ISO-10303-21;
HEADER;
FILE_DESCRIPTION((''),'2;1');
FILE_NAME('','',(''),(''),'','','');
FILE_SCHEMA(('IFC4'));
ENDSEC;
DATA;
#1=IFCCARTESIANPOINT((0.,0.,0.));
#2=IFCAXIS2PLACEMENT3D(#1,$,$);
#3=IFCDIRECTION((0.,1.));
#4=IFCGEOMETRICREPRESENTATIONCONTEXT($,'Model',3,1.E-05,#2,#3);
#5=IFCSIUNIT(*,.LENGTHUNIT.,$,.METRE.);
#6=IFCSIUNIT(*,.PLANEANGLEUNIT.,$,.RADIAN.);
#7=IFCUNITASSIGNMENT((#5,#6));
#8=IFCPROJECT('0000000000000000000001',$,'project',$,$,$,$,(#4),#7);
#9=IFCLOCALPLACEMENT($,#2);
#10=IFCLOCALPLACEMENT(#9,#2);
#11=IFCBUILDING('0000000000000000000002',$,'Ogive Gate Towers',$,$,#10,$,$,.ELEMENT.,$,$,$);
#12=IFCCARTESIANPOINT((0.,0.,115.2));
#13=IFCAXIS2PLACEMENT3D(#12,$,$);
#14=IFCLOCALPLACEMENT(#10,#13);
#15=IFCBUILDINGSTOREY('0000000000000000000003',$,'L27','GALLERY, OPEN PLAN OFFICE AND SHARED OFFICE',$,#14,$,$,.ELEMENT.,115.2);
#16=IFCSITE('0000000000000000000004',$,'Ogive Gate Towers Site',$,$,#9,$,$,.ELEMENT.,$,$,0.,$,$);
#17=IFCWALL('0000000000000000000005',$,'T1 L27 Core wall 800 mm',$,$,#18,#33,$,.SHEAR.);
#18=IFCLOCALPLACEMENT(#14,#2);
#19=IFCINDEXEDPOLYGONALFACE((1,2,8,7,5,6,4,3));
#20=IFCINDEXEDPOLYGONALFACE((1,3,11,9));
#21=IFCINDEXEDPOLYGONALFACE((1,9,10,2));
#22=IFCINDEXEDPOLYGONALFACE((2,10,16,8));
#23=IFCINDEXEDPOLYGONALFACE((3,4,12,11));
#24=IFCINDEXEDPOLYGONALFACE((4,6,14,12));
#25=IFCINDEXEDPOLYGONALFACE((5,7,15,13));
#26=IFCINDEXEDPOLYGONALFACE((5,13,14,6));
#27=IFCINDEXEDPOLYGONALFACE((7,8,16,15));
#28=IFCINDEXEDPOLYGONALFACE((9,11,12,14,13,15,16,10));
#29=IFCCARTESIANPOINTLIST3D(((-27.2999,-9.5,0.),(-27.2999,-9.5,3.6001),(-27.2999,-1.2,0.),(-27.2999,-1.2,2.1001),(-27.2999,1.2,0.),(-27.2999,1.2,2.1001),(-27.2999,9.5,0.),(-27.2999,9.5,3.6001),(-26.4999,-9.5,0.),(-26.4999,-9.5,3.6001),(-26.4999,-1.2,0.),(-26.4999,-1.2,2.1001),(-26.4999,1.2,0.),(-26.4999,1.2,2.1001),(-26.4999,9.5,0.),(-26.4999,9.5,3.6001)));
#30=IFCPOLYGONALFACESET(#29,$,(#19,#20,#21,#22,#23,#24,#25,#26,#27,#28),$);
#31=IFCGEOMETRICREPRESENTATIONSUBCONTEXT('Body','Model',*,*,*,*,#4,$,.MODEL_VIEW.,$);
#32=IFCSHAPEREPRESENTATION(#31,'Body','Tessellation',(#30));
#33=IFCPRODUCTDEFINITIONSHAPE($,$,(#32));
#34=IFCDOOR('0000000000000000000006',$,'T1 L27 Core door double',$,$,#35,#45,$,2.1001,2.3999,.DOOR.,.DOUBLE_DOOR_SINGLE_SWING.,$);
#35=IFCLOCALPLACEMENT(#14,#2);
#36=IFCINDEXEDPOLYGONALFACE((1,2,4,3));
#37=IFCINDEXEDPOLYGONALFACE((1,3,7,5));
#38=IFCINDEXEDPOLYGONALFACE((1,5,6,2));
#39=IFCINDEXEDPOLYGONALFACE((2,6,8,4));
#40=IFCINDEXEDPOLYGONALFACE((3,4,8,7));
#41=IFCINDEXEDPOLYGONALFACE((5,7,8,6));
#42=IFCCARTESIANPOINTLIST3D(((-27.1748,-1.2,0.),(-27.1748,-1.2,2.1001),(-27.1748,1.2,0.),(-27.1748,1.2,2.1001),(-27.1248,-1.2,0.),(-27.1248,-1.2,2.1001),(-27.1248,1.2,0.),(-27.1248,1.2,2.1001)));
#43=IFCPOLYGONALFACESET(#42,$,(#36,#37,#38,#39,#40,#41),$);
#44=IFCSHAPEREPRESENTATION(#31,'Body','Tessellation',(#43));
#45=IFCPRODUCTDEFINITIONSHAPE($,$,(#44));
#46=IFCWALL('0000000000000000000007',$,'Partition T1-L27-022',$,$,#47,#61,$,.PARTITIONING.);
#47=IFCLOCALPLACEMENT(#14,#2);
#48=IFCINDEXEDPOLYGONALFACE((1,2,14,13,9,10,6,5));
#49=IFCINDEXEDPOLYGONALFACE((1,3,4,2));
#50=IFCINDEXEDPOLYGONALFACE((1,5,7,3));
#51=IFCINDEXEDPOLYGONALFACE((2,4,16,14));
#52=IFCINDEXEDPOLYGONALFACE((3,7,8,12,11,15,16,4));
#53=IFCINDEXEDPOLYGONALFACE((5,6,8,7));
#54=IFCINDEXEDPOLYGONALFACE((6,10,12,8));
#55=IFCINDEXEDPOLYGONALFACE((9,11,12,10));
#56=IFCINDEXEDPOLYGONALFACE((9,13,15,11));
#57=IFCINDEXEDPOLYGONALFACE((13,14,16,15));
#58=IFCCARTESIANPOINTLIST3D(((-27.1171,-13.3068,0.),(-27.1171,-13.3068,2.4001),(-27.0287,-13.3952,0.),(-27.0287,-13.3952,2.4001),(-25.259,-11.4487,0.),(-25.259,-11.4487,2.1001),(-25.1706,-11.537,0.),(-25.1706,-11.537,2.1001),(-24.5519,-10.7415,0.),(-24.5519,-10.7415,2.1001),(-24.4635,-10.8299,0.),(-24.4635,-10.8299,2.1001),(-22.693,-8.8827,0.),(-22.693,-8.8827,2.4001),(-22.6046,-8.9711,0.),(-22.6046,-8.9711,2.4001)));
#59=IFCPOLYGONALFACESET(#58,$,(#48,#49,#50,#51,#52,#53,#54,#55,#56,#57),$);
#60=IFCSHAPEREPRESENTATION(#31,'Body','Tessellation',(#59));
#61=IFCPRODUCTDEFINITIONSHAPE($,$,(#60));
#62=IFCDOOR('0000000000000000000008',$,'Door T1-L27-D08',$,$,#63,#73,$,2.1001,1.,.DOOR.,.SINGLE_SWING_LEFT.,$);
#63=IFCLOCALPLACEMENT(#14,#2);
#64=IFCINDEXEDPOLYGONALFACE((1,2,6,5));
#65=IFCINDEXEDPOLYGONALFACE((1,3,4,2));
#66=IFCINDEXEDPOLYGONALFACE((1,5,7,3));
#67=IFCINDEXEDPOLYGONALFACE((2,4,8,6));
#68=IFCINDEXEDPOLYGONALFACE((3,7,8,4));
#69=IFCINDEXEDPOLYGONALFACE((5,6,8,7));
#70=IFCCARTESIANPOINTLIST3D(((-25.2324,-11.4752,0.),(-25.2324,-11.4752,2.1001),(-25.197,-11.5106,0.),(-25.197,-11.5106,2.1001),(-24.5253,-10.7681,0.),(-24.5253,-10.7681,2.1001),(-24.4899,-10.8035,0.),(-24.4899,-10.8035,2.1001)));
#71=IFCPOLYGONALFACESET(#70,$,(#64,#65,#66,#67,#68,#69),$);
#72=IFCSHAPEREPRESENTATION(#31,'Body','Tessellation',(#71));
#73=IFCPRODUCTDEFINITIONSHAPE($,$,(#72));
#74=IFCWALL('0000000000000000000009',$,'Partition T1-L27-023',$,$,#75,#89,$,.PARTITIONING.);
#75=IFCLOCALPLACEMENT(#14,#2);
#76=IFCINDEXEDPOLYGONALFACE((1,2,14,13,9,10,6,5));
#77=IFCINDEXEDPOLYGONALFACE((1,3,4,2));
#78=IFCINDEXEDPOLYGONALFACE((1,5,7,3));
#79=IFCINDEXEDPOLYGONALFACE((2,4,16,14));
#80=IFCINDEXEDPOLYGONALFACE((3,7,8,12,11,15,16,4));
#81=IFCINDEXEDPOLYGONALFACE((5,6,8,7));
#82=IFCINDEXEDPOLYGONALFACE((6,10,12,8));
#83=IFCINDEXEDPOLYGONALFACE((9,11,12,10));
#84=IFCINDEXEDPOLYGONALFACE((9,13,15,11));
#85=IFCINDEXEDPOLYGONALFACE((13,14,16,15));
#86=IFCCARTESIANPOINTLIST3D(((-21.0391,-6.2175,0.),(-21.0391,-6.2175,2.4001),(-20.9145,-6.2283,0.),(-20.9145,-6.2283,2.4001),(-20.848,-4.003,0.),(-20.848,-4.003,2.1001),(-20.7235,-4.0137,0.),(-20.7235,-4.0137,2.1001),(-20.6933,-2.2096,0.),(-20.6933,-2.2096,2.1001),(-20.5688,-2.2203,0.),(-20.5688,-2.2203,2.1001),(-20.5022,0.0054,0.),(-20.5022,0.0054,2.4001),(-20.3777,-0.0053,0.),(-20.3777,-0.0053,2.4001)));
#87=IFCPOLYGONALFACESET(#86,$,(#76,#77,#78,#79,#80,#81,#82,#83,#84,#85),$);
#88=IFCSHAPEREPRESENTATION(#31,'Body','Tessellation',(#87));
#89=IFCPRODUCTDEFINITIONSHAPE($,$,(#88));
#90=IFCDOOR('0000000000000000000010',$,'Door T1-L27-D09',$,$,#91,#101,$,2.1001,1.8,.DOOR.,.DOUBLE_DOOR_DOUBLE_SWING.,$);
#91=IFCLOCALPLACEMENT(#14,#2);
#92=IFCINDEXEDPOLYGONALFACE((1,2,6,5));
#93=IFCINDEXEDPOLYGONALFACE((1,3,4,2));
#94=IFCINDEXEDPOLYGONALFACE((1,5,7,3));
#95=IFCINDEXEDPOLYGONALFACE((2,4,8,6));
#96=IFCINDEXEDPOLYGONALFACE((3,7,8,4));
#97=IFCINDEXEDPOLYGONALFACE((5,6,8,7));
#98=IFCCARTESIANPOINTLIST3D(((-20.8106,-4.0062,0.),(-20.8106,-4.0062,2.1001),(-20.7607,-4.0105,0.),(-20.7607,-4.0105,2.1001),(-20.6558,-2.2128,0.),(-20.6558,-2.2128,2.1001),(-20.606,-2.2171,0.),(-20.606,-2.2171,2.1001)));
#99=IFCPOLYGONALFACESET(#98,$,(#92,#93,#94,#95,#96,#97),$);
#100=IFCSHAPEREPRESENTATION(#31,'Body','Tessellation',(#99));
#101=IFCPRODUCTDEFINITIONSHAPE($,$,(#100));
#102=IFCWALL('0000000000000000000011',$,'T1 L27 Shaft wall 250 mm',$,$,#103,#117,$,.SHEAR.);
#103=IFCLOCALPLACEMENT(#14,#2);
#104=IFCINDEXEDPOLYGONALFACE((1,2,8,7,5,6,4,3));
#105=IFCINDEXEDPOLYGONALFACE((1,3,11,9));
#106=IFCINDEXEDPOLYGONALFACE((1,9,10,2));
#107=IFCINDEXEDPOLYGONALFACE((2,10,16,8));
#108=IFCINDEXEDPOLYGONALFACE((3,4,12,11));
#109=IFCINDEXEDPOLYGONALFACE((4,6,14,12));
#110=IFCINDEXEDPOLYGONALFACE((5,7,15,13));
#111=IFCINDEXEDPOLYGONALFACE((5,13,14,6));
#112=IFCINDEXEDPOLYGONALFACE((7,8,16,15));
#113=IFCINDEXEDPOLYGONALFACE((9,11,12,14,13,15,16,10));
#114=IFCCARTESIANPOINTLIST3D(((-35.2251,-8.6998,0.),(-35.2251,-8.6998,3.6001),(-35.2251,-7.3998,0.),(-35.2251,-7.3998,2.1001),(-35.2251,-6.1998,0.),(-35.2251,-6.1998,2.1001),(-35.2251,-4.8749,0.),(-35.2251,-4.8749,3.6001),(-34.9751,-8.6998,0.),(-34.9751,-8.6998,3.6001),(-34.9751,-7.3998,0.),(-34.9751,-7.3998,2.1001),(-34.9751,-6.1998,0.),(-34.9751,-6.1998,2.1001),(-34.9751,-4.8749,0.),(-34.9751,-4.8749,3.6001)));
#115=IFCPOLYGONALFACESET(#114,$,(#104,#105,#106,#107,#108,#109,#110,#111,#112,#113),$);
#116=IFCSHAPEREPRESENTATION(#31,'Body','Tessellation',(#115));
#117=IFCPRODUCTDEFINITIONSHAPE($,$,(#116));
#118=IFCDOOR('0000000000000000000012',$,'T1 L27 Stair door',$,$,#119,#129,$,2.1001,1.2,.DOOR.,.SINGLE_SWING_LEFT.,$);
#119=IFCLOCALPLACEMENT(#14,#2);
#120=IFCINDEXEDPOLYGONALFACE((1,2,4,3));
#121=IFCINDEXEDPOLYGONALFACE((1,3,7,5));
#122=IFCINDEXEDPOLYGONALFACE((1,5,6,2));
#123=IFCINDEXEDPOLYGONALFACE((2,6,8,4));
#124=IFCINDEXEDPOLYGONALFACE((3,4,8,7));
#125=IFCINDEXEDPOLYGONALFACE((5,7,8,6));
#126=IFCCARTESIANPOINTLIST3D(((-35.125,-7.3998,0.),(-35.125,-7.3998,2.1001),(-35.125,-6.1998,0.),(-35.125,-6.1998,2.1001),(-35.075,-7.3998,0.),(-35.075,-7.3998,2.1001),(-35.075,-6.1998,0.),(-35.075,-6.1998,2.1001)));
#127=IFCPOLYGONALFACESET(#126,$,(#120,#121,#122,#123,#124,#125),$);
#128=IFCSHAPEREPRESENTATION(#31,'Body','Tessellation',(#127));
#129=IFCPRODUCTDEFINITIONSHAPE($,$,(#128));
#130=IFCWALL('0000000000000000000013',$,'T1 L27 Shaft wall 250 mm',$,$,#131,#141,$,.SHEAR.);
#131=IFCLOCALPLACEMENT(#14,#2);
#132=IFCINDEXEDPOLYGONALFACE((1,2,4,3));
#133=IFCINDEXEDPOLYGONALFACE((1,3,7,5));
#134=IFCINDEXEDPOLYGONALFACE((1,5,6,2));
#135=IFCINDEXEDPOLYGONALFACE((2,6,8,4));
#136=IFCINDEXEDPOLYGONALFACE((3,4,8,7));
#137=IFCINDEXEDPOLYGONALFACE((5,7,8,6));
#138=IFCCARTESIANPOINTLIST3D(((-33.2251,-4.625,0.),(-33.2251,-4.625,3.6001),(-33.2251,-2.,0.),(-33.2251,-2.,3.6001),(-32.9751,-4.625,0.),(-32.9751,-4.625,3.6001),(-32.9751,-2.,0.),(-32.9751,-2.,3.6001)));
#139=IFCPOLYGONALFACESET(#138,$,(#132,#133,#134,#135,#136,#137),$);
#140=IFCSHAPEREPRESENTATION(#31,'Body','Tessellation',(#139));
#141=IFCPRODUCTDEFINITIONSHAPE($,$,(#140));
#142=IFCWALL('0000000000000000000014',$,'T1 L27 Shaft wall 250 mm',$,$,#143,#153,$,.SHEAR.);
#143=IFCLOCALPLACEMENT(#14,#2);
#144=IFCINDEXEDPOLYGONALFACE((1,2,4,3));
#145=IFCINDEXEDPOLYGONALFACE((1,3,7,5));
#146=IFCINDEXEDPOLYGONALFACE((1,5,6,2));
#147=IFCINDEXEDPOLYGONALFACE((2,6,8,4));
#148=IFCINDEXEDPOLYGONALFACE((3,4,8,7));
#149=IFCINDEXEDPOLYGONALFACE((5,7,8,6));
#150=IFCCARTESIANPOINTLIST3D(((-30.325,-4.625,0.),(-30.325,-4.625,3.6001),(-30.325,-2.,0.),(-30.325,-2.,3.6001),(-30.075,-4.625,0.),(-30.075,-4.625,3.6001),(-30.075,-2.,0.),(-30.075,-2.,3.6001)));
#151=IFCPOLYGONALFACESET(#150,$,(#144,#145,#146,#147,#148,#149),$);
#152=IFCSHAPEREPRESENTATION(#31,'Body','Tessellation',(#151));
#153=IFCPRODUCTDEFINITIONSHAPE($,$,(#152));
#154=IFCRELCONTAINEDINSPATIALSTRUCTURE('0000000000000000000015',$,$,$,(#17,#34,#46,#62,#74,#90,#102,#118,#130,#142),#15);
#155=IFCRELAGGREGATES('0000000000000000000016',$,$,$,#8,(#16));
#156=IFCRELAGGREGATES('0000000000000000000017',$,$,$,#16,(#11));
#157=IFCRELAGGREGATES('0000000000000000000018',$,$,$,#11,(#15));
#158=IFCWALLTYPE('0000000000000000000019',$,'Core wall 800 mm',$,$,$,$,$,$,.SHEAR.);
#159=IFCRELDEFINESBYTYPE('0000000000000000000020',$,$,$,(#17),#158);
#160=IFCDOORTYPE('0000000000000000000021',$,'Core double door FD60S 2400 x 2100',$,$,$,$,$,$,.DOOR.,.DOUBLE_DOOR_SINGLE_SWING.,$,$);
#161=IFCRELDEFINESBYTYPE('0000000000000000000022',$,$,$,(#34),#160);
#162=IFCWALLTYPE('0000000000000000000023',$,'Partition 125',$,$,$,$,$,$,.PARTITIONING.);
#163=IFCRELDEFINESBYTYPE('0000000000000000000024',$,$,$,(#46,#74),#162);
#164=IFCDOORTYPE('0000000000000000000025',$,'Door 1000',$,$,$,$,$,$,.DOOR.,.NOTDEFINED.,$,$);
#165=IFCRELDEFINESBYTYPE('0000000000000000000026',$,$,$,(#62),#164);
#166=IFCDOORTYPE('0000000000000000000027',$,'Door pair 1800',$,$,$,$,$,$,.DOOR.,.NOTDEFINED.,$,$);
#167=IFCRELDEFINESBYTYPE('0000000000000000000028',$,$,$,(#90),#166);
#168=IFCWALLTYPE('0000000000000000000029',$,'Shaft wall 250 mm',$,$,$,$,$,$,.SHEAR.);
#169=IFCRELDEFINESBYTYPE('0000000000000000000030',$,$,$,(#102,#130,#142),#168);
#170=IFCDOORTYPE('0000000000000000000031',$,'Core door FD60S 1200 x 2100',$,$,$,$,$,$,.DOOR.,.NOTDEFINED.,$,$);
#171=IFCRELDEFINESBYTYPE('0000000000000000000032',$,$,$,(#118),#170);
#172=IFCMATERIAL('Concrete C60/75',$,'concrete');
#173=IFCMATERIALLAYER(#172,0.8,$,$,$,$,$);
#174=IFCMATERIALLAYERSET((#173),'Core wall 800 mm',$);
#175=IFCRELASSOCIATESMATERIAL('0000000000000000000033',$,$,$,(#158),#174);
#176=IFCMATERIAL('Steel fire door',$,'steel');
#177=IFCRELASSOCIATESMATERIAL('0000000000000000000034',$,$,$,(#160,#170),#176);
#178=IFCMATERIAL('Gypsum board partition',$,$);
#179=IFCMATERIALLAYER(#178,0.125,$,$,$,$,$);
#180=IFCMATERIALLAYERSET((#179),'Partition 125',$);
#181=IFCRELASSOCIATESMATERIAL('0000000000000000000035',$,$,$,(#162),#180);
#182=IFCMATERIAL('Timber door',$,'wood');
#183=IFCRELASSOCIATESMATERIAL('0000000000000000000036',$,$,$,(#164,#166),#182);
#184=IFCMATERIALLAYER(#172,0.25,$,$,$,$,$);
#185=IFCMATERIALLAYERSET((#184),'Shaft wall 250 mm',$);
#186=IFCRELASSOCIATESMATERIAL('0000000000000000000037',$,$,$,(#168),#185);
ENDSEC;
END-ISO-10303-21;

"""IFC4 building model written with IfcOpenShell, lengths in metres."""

from ifc_helpers import new_model, si_unit, direction, frame, frame_2d, origin, place, context, subcontext, project, spatial, rectangle, extrude, material, layer, layer_set, type_object, element, fill, save


model = new_model("IFC4")

# Units and contexts
model_context = context("Model", 3, precision=1e-05, world=origin(), true_north=direction((0.0, 1.0)))
body_context = subcontext(model_context, "Body", "Model", "MODEL_VIEW")
ifc_project = project(units=[si_unit("LENGTHUNIT", "METRE"), si_unit("PLANEANGLEUNIT", "RADIAN")], contexts=[model_context])

# Site, building, storey
site_placement = place(None, origin())
site = spatial("IfcSite", under=ifc_project, at=site_placement, Name="Ogive Gate Towers Site", CompositionType="ELEMENT", RefElevation=0.0)
building_placement = place(site_placement, origin())
building = spatial("IfcBuilding", under=site, at=building_placement, Name="Ogive Gate Towers", CompositionType="ELEMENT")
storey_placement = place(building_placement, frame((0.0, 0.0, 115.2)))
storey = spatial("IfcBuildingStorey", under=building, at=storey_placement, Name="L27", Description="GALLERY, OPEN PLAN OFFICE AND SHARED OFFICE", CompositionType="ELEMENT", Elevation=115.2)

# Walls, openings, doors
ifc_material_1 = material(Name="Concrete C60/75", Category="concrete")
ifc_layer_1 = layer(ifc_material_1, 0.8)
ifc_layer_set_1 = layer_set([ifc_layer_1], Name="Core wall 800 mm")
wall_type_1 = type_object("IfcWallType", Name="Core wall 800 mm", PredefinedType="SHEAR", material=ifc_layer_set_1)
wall_1_placement = place(storey_placement, frame((-26.8999, -9.5, 0.0), z_axis=(0.0, 0.0, 1.0), x_axis=(0.0, 1.0, 0.0)))
wall_1 = element("IfcWall", 1, at=wall_1_placement, inside=storey, type_object=wall_type_1, Name="T1 L27 Core wall 800 mm", PredefinedType="SHEAR", context=body_context, shape_type="SweptSolid", body=[
    extrude(rectangle(XDim=19.0, YDim=0.8, at=frame_2d((9.5, 0.0))), origin(), (0.0, 0.0, 1.0), 3.6001),
])
opening_1_placement = place(wall_1_placement, frame((8.3, 0.0, 0.0)))
opening_1 = element("IfcOpeningElement", 2, at=opening_1_placement, cuts=wall_1, PredefinedType="OPENING", context=body_context, shape_type="SweptSolid", body=[
    extrude(rectangle(XDim=2.3999, YDim=2.1001, at=frame_2d((1.2, 1.05))), frame((0.0, 0.4102, 0.0), z_axis=(0.0, -1.0, 0.0), x_axis=(1.0, 0.0, 0.0)), (0.0, 0.0, 1.0), 0.8201),
])
ifc_material_2 = material(Name="Steel fire door", Category="steel")
door_type_1 = type_object("IfcDoorType", Name="Core double door FD60S 2400 x 2100", OperationType="DOUBLE_DOOR_SINGLE_SWING", PredefinedType="DOOR", material=ifc_material_2)
door_1_placement = place(opening_1_placement, origin())
door_1 = element("IfcDoor", 3, at=door_1_placement, inside=storey, type_object=door_type_1, Name="T1 L27 Core door double", OperationType="DOUBLE_DOOR_SINGLE_SWING", OverallHeight=2.1001, OverallWidth=2.3999, PredefinedType="DOOR", context=body_context, shape_type="SweptSolid", body=[
    extrude(rectangle(XDim=2.3999, YDim=2.1001, at=frame_2d((1.2, 1.05))), frame((0.0, 0.2749, 0.0), z_axis=(0.0, -1.0, 0.0), x_axis=(1.0, 0.0, 0.0)), (0.0, 0.0, 1.0), 0.05),
])
fill(opening_1, door_1)
ifc_material_3 = material(Name="Gypsum board partition")
ifc_layer_2 = layer(ifc_material_3, 0.125)
ifc_layer_set_2 = layer_set([ifc_layer_2], Name="Partition 125")
wall_type_2 = type_object("IfcWallType", Name="Partition 125", PredefinedType="PARTITIONING", material=ifc_layer_set_2)
wall_2_placement = place(storey_placement, frame((-27.073, -13.3511, 0.0), z_axis=(0.0, 0.0, 1.0), x_axis=(0.707107, 0.707107, 0.0)))
wall_2 = element("IfcWall", 4, at=wall_2_placement, inside=storey, type_object=wall_type_2, Name="Partition T1-L27-022", PredefinedType="PARTITIONING", context=body_context, shape_type="SweptSolid", body=[
    extrude(rectangle(XDim=6.2566, YDim=0.125, at=frame_2d((3.1284, 0.0))), origin(), (0.0, 0.0, 1.0), 2.4001),
])
opening_2_placement = place(wall_2_placement, frame((2.6279, 0.0, 0.0)))
opening_2 = element("IfcOpeningElement", 5, at=opening_2_placement, cuts=wall_2, PredefinedType="OPENING", context=body_context, shape_type="SweptSolid", body=[
    extrude(rectangle(XDim=1.0, YDim=2.1001, at=frame_2d((0.5, 1.05))), frame((0.0, 0.0725, 0.0), z_axis=(0.0, -1.0, 0.0), x_axis=(1.0, 0.0, 0.0)), (0.0, 0.0, 1.0), 0.145),
])
ifc_material_4 = material(Name="Timber door", Category="wood")
door_type_2 = type_object("IfcDoorType", Name="Door 1000", OperationType="NOTDEFINED", PredefinedType="DOOR", material=ifc_material_4)
door_2_placement = place(opening_2_placement, origin())
door_2 = element("IfcDoor", 6, at=door_2_placement, inside=storey, type_object=door_type_2, Name="Door T1-L27-D08", OperationType="SINGLE_SWING_LEFT", OverallHeight=2.1001, OverallWidth=1.0, PredefinedType="DOOR", context=body_context, shape_type="SweptSolid", body=[
    extrude(rectangle(XDim=1.0, YDim=2.1001, at=frame_2d((0.5, 1.05))), frame((0.0, 0.0249, 0.0), z_axis=(0.0, -1.0, 0.0), x_axis=(1.0, 0.0, 0.0)), (0.0, 0.0, 1.0), 0.05),
])
fill(opening_2, door_2)
wall_3_placement = place(storey_placement, frame((-20.9768, -6.2229, 0.0), z_axis=(0.0, 0.0, 1.0), x_axis=(0.085953, 0.996299, 0.0)))
wall_3 = element("IfcWall", 7, at=wall_3_placement, inside=storey, type_object=wall_type_2, Name="Partition T1-L27-023", PredefinedType="PARTITIONING", context=body_context, shape_type="SweptSolid", body=[
    extrude(rectangle(XDim=6.2461, YDim=0.125, at=frame_2d((3.123, 0.0))), origin(), (0.0, 0.0, 1.0), 2.4001),
])
opening_3_placement = place(wall_3_placement, frame((2.2229, 0.0, 0.0)))
opening_3 = element("IfcOpeningElement", 8, at=opening_3_placement, cuts=wall_3, PredefinedType="OPENING", context=body_context, shape_type="SweptSolid", body=[
    extrude(rectangle(XDim=1.8, YDim=2.1001, at=frame_2d((0.8999, 1.05))), frame((0.0, 0.0725, 0.0), z_axis=(0.0, -1.0, 0.0), x_axis=(1.0, 0.0, 0.0)), (0.0, 0.0, 1.0), 0.145),
])
door_type_3 = type_object("IfcDoorType", Name="Door pair 1800", OperationType="NOTDEFINED", PredefinedType="DOOR", material=ifc_material_4)
door_3_placement = place(opening_3_placement, origin())
door_3 = element("IfcDoor", 9, at=door_3_placement, inside=storey, type_object=door_type_3, Name="Door T1-L27-D09", OperationType="DOUBLE_DOOR_DOUBLE_SWING", OverallHeight=2.1001, OverallWidth=1.8, PredefinedType="DOOR", context=body_context, shape_type="SweptSolid", body=[
    extrude(rectangle(XDim=1.8, YDim=2.1001, at=frame_2d((0.8999, 1.05))), frame((0.0, 0.0249, 0.0), z_axis=(0.0, -1.0, 0.0), x_axis=(1.0, 0.0, 0.0)), (0.0, 0.0, 1.0), 0.05),
])
fill(opening_3, door_3)
ifc_layer_3 = layer(ifc_material_1, 0.25)
ifc_layer_set_3 = layer_set([ifc_layer_3], Name="Shaft wall 250 mm")
wall_type_3 = type_object("IfcWallType", Name="Shaft wall 250 mm", PredefinedType="SHEAR", material=ifc_layer_set_3)
wall_4_placement = place(storey_placement, frame((-35.1001, -8.7, 0.0), z_axis=(0.0, 0.0, 1.0), x_axis=(0.0, 1.0, 0.0)))
wall_4 = element("IfcWall", 10, at=wall_4_placement, inside=storey, type_object=wall_type_3, Name="T1 L27 Shaft wall 250 mm", PredefinedType="SHEAR", context=body_context, shape_type="SweptSolid", body=[
    extrude(rectangle(XDim=3.825, YDim=0.25, at=frame_2d((1.9126, 0.0))), origin(), (0.0, 0.0, 1.0), 3.6001),
])
opening_4_placement = place(wall_4_placement, frame((1.3, 0.0, 0.0)))
opening_4 = element("IfcOpeningElement", 11, at=opening_4_placement, cuts=wall_4, PredefinedType="OPENING", context=body_context, shape_type="SweptSolid", body=[
    extrude(rectangle(XDim=1.2, YDim=2.1001, at=frame_2d((0.6001, 1.05))), frame((0.0, 0.135, 0.0), z_axis=(0.0, -1.0, 0.0), x_axis=(1.0, 0.0, 0.0)), (0.0, 0.0, 1.0), 0.27),
])
door_type_4 = type_object("IfcDoorType", Name="Core door FD60S 1200 x 2100", OperationType="NOTDEFINED", PredefinedType="DOOR", material=ifc_material_2)
door_4_placement = place(opening_4_placement, origin())
door_4 = element("IfcDoor", 12, at=door_4_placement, inside=storey, type_object=door_type_4, Name="T1 L27 Stair door", OperationType="SINGLE_SWING_LEFT", OverallHeight=2.1001, OverallWidth=1.2, PredefinedType="DOOR", context=body_context, shape_type="SweptSolid", body=[
    extrude(rectangle(XDim=1.2, YDim=2.1001, at=frame_2d((0.6001, 1.05))), frame((0.0, 0.0249, 0.0), z_axis=(0.0, -1.0, 0.0), x_axis=(1.0, 0.0, 0.0)), (0.0, 0.0, 1.0), 0.05),
])
fill(opening_4, door_4)

# Walls
for number, where, z_axis, x_axis, name in (
    (13, (-33.1001, -4.625, 0.0), (0.0, 0.0, 1.0), (0.0, 1.0, 0.0), "T1 L27 Shaft wall 250 mm"),
    (14, (-30.2, -4.625, 0.0), (0.0, 0.0, 1.0), (0.0, 1.0, 0.0), "T1 L27 Shaft wall 250 mm"),
):
    element("IfcWall", number, at=place(storey_placement, frame(where, z_axis=z_axis, x_axis=x_axis)), inside=storey, type_object=wall_type_3, Name=name, PredefinedType="SHEAR", context=body_context, shape_type="SweptSolid", body=[
        extrude(rectangle(XDim=2.625, YDim=0.25, at=frame_2d((1.3125, 0.0))), origin(), (0.0, 0.0, 1.0), 3.6001),
    ])

save(model, "model.ifc")
